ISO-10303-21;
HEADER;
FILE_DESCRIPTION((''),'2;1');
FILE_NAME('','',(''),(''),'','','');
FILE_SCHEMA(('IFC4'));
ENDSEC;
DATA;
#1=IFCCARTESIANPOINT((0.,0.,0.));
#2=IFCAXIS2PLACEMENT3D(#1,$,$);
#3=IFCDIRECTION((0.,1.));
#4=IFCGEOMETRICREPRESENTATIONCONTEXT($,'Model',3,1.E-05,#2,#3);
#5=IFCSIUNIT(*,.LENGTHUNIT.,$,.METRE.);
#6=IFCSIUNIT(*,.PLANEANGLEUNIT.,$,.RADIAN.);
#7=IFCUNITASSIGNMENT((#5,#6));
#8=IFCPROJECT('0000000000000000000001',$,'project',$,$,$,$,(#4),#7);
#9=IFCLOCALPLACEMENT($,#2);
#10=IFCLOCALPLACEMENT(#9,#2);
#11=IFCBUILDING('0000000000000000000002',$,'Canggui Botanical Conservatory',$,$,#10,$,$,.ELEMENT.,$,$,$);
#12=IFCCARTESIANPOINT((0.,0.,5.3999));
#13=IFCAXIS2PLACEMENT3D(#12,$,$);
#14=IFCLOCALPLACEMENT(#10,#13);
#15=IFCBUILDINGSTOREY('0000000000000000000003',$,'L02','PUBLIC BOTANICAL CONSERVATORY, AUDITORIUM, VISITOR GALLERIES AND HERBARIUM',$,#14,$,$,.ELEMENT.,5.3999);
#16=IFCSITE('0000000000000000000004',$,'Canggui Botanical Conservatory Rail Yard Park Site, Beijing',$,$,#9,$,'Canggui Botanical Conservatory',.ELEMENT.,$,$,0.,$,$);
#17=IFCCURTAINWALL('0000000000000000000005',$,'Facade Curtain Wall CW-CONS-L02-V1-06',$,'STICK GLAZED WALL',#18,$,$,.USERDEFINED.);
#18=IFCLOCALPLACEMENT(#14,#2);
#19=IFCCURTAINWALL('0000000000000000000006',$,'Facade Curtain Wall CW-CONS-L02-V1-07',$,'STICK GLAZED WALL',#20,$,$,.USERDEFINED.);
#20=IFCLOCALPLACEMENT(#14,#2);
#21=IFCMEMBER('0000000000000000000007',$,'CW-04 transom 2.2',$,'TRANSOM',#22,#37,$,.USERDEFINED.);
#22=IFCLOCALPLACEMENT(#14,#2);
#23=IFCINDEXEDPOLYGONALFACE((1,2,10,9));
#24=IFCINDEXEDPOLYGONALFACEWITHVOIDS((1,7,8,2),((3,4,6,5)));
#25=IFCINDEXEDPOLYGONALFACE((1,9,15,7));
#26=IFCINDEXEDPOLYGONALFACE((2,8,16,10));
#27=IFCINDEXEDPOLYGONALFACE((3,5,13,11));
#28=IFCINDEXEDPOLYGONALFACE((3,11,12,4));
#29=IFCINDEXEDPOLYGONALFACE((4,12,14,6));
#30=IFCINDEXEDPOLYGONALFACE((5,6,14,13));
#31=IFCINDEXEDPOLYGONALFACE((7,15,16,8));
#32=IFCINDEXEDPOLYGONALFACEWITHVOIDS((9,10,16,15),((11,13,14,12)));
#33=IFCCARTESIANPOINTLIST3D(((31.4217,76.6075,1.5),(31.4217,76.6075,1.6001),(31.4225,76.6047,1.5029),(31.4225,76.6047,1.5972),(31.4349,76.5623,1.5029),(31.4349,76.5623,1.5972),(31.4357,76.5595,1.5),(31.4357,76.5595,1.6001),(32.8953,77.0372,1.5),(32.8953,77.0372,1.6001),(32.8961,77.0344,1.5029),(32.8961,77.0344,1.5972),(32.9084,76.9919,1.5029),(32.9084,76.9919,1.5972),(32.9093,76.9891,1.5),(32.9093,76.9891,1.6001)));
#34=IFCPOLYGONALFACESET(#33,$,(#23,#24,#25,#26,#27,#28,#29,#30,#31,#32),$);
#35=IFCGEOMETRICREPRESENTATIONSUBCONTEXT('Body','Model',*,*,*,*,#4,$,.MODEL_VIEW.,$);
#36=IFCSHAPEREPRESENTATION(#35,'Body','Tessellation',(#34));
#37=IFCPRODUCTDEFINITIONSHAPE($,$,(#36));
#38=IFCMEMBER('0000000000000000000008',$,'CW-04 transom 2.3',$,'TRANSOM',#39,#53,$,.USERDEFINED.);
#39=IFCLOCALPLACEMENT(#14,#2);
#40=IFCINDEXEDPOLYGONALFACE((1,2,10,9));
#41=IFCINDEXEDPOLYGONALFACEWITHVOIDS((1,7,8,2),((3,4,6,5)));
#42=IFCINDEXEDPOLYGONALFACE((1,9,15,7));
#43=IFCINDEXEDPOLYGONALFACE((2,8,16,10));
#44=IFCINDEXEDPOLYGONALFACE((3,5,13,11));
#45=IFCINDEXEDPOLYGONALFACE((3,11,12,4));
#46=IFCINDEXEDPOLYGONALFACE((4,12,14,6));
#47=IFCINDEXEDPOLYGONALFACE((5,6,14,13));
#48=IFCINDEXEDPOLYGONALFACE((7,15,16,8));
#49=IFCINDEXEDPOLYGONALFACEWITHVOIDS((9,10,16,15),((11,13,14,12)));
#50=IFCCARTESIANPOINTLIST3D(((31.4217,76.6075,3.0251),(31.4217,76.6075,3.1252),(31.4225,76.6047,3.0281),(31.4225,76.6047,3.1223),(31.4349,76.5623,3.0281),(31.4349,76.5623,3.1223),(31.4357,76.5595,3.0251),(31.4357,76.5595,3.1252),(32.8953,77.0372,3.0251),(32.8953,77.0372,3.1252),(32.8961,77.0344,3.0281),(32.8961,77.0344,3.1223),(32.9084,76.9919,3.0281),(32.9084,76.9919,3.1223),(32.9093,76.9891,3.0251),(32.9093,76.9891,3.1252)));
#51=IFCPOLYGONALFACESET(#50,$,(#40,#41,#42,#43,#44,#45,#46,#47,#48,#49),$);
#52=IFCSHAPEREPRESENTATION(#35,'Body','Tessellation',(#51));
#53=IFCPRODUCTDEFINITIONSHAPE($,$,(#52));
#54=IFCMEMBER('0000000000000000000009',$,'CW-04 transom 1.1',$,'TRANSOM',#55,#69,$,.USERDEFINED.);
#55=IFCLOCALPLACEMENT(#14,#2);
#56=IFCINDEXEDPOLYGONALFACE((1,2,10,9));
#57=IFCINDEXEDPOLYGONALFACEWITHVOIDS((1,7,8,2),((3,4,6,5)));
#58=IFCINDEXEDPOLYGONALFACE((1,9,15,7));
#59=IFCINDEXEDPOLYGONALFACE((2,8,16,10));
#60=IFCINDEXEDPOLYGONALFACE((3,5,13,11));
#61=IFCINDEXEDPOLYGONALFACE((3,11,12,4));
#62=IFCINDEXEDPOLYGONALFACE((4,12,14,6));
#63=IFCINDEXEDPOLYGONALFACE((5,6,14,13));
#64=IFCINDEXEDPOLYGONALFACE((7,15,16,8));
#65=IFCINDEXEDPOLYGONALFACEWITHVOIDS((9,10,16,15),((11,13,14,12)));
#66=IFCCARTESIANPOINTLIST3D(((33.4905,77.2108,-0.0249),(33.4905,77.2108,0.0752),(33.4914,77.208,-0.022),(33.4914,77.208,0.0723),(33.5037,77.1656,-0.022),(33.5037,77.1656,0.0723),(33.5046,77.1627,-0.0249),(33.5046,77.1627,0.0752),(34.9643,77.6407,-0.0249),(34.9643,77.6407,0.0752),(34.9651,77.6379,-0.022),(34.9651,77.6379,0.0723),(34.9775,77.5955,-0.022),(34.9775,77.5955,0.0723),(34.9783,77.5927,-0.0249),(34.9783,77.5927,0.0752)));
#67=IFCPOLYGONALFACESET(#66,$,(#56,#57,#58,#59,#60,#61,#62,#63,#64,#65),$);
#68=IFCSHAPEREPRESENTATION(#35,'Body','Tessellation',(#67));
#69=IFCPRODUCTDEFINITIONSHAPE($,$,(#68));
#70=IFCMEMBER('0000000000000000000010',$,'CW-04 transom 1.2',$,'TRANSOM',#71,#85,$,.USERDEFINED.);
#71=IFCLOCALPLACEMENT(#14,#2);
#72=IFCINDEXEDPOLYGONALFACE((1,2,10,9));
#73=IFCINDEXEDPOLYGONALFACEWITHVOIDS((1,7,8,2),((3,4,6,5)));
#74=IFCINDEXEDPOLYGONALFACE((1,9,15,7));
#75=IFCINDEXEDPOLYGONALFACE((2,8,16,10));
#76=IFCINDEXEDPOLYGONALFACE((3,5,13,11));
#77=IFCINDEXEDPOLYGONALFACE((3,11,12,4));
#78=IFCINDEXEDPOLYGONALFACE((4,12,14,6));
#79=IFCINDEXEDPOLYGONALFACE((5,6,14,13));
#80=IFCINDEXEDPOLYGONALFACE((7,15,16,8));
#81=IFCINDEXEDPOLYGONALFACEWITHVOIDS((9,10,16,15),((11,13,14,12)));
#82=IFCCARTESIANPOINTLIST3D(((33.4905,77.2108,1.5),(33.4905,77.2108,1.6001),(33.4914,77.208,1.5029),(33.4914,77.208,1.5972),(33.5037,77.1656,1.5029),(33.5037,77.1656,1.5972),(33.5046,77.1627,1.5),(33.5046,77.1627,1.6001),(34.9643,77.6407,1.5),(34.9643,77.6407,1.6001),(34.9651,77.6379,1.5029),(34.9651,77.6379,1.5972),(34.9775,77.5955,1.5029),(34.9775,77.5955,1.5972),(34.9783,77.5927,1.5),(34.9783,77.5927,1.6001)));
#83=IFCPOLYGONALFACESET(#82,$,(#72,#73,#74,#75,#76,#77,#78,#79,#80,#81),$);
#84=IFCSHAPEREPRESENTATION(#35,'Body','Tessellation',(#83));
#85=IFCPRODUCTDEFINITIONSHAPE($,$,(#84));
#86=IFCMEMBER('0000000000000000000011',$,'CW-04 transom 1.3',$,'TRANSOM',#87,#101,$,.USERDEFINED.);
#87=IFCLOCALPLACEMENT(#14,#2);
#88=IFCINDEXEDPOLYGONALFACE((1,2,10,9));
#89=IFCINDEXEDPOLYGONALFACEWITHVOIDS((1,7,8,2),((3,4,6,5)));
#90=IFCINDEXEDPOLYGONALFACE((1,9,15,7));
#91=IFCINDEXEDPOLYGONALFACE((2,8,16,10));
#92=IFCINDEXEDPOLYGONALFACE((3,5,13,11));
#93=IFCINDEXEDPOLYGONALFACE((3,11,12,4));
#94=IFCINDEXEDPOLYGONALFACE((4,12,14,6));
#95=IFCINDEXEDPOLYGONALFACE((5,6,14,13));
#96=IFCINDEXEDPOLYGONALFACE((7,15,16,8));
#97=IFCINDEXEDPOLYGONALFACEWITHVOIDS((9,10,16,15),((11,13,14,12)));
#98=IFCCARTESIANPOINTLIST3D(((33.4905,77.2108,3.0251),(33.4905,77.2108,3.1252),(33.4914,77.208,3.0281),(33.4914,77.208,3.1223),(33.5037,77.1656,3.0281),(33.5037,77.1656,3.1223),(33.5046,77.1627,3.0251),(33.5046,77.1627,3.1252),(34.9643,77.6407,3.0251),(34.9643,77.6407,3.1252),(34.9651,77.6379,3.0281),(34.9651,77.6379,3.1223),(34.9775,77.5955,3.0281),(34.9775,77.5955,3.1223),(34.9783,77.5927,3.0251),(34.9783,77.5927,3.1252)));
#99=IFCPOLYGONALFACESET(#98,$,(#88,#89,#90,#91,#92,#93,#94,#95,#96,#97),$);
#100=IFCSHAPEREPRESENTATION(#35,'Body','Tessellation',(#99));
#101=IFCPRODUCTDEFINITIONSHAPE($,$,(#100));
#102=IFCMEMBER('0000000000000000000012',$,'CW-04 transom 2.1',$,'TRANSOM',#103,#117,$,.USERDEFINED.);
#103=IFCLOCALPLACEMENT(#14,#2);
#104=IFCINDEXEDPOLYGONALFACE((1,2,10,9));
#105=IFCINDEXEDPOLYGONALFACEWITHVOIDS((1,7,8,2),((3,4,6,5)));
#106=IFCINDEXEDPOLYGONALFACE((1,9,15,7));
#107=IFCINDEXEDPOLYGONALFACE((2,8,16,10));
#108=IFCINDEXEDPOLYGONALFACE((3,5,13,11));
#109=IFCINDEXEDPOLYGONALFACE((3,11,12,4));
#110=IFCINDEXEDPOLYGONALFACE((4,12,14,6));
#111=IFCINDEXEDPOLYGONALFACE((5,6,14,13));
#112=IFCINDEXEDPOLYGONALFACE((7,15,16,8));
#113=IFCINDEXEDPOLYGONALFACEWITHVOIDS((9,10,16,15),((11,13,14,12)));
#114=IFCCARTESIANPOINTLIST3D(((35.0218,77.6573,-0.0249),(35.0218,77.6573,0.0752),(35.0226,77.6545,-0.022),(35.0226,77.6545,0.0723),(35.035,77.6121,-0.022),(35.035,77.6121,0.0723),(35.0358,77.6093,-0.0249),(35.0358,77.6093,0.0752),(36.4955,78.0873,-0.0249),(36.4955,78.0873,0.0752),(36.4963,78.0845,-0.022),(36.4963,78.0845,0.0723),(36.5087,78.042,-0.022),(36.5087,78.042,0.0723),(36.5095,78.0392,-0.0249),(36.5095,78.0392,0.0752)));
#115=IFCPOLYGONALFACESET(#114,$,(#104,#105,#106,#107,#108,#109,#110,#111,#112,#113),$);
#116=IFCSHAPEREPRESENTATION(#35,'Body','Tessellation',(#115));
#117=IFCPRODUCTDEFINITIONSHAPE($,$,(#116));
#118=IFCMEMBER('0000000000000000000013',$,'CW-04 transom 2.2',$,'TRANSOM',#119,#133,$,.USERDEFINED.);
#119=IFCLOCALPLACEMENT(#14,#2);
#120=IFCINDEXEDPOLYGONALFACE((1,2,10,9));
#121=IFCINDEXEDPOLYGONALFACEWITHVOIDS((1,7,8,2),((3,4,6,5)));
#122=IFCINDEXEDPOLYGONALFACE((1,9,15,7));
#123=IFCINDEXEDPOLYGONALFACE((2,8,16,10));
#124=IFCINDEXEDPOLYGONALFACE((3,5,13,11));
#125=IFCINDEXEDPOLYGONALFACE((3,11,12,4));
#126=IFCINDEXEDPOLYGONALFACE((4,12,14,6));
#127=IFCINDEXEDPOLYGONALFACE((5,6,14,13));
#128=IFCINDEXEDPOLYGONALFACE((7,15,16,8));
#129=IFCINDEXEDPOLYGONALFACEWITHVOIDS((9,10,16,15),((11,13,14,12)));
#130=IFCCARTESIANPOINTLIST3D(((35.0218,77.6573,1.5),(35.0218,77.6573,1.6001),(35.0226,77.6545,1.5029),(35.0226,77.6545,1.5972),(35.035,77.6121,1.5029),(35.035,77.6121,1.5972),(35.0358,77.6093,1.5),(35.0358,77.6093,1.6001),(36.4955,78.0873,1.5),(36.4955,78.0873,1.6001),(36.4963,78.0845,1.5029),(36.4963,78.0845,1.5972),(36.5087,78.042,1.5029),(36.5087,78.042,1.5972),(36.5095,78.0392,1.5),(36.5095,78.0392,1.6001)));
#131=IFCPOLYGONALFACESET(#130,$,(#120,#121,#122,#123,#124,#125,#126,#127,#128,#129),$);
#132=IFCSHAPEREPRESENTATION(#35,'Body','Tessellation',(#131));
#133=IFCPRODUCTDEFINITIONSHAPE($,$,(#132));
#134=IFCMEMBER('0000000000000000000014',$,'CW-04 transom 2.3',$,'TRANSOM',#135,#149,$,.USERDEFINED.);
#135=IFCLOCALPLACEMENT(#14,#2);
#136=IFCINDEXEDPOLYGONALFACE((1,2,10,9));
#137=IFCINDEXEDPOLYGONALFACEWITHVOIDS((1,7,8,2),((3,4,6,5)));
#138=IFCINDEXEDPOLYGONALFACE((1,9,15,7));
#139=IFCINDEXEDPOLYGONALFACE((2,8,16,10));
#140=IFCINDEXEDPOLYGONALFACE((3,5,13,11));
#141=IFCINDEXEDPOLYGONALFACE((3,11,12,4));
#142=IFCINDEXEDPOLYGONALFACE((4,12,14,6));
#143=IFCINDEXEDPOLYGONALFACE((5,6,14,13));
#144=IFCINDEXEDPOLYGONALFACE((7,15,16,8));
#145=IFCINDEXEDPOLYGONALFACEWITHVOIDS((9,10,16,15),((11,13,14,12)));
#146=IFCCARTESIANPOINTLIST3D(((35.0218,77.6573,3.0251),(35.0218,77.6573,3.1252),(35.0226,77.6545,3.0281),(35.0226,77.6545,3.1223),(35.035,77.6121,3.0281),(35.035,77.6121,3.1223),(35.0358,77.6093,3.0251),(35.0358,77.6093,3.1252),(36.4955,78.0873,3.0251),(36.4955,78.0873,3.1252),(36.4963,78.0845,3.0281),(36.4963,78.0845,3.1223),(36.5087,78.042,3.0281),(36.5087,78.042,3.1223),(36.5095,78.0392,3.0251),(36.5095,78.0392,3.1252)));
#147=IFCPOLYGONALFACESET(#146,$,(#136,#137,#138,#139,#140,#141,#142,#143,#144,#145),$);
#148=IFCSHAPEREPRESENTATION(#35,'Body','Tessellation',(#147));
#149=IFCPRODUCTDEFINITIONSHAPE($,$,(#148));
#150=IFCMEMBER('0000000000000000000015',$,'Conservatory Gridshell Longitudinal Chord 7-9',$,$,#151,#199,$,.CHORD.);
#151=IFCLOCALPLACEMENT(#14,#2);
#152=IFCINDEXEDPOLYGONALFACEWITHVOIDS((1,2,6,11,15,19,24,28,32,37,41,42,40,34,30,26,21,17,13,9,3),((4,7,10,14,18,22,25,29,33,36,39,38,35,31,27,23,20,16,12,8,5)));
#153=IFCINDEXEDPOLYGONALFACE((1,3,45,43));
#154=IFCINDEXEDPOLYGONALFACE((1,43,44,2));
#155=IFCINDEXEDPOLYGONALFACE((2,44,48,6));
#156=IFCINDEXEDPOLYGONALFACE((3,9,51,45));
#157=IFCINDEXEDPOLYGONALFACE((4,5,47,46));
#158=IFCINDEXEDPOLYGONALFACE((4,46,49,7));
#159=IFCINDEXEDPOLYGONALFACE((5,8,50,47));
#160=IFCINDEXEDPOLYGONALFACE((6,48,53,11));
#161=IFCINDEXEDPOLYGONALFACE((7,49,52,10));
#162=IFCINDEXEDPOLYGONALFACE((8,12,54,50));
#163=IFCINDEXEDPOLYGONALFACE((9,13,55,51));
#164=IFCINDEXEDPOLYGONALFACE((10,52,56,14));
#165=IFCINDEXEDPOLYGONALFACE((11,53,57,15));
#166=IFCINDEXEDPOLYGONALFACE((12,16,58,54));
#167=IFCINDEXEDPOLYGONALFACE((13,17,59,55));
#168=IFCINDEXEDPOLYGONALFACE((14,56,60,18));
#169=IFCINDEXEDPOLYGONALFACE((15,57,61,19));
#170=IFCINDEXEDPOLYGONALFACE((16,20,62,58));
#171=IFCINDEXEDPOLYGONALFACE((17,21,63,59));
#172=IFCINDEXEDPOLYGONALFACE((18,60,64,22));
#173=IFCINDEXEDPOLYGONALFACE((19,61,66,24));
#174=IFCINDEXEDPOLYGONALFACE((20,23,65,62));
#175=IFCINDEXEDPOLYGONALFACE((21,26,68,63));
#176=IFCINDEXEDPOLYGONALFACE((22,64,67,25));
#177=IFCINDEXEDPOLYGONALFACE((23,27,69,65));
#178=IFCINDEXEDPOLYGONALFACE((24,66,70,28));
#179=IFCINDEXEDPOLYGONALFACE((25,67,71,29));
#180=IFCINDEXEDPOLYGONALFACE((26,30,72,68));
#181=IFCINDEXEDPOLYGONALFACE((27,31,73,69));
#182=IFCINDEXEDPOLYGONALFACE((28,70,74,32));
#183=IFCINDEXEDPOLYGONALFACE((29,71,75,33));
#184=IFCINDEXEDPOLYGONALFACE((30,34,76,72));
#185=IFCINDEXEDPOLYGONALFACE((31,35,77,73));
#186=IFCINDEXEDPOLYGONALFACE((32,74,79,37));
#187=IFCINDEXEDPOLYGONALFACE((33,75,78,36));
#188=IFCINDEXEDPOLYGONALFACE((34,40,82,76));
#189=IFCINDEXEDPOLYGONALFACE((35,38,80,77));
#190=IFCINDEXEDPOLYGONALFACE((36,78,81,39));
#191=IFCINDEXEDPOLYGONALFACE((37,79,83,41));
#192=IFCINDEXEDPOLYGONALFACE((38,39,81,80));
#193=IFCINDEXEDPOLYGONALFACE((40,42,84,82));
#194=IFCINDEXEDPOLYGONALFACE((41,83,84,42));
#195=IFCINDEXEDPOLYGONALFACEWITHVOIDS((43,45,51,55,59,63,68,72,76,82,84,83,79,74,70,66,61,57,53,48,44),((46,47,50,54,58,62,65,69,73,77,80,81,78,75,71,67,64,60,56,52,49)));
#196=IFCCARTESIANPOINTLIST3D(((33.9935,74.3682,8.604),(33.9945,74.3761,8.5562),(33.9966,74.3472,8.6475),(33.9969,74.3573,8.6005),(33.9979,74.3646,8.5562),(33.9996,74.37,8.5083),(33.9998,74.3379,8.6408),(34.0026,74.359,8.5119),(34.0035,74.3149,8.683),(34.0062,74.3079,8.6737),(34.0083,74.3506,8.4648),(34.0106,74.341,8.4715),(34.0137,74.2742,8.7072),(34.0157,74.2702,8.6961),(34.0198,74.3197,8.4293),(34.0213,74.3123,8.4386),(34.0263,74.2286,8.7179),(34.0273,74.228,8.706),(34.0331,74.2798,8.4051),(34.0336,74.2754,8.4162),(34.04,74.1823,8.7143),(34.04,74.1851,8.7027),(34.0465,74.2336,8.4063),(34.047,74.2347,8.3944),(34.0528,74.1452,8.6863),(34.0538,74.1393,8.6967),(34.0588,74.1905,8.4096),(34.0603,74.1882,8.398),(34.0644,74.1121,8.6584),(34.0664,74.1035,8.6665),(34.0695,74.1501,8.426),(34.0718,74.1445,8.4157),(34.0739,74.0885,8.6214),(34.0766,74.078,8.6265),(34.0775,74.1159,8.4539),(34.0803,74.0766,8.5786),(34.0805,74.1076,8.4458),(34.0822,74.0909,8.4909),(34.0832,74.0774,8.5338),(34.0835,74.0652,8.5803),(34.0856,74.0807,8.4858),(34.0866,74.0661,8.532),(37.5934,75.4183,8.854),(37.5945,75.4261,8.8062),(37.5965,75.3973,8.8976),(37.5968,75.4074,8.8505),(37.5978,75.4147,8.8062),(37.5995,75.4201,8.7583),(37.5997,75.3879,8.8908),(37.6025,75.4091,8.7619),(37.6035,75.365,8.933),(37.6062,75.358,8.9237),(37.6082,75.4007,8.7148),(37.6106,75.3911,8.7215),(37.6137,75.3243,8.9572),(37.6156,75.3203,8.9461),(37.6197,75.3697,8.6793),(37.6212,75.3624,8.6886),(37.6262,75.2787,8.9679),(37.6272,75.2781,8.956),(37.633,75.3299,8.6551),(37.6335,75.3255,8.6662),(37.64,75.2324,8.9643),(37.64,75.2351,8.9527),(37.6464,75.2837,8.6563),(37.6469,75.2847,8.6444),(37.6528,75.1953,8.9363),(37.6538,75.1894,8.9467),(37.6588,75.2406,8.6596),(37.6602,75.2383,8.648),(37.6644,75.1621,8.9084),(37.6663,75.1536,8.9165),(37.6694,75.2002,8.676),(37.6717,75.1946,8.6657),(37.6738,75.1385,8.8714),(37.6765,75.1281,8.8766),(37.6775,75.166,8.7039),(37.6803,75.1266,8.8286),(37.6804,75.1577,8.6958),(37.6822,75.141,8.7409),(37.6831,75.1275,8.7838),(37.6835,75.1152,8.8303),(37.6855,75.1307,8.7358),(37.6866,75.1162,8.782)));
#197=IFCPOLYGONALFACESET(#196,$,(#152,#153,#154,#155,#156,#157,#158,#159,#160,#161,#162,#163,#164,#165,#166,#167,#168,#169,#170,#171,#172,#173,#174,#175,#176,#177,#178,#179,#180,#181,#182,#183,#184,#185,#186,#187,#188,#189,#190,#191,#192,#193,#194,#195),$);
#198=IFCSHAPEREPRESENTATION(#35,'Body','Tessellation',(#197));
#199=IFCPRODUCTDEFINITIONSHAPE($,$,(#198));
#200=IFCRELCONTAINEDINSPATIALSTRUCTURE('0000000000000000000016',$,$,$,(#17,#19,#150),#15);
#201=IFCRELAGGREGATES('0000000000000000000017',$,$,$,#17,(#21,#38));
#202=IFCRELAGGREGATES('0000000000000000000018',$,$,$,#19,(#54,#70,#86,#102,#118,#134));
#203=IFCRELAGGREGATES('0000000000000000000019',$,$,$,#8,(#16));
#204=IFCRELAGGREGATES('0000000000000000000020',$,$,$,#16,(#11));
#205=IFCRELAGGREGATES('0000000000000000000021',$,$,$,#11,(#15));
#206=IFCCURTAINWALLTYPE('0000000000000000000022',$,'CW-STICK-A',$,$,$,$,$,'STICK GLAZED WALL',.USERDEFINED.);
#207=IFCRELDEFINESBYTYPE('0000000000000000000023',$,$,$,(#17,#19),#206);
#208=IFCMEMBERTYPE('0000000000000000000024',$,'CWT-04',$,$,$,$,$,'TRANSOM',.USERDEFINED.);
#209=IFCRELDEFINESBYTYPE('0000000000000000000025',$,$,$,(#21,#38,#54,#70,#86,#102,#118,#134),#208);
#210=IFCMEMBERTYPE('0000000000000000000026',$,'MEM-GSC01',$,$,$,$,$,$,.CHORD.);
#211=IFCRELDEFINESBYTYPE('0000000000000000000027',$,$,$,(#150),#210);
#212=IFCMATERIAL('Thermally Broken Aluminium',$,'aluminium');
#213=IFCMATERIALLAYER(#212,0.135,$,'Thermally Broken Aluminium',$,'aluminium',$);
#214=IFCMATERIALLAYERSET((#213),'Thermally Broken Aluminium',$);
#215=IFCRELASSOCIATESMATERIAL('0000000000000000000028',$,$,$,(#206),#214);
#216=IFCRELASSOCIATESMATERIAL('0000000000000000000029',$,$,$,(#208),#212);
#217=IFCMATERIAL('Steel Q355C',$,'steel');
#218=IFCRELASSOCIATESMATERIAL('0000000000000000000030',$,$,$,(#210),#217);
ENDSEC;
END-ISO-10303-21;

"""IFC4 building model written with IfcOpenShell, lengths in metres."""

from ifc_helpers import new_model, si_unit, direction, frame, origin, origin_2d, place, context, subcontext, project, spatial, hollow_rectangle, hollow_circle, extrude, material, layer, layer_set, material_profile, profile_set, type_object, element, aggregate, save


model = new_model("IFC4")

# Units and contexts
model_context = context("Model", 3, precision=1e-05, world=origin(), true_north=direction((0.0, 1.0)))
body_context = subcontext(model_context, "Body", "Model", "MODEL_VIEW")
ifc_project = project(units=[si_unit("LENGTHUNIT", "METRE"), si_unit("PLANEANGLEUNIT", "RADIAN")], contexts=[model_context])

# Site, building, storey
site_placement = place(None, origin())
site = spatial("IfcSite", under=ifc_project, at=site_placement, Name="Canggui Botanical Conservatory Rail Yard Park Site, Beijing", LongName="Canggui Botanical Conservatory", CompositionType="ELEMENT", RefElevation=0.0)
building_placement = place(site_placement, origin())
building = spatial("IfcBuilding", under=site, at=building_placement, Name="Canggui Botanical Conservatory", CompositionType="ELEMENT")
storey_placement = place(building_placement, frame((0.0, 0.0, 5.3999)))
storey = spatial("IfcBuildingStorey", under=building, at=storey_placement, Name="L02", Description="PUBLIC BOTANICAL CONSERVATORY, AUDITORIUM, VISITOR GALLERIES AND HERBARIUM", CompositionType="ELEMENT", Elevation=5.3999)

# Shared definitions
ifc_material_1 = material(Name="Steel Q355C", Category="steel")

# Curtain walls
ifc_material_2 = material(Name="Thermally Broken Aluminium", Category="aluminium")
ifc_layer_1 = layer(ifc_material_2, 0.135, Name="Thermally Broken Aluminium", Category="aluminium")
ifc_layer_set_1 = layer_set([ifc_layer_1], Name="Thermally Broken Aluminium")
curtain_wall_type = type_object("IfcCurtainWallType", Name="CW-STICK-A", ElementType="STICK GLAZED WALL", PredefinedType="USERDEFINED", material=ifc_layer_set_1)
curtain_wall_1_placement = place(storey_placement, origin())
curtain_wall_1 = element("IfcCurtainWall", 1, at=curtain_wall_1_placement, inside=storey, type_object=curtain_wall_type, Name="Facade Curtain Wall CW-CONS-L02-V1-06", ObjectType="STICK GLAZED WALL", PredefinedType="USERDEFINED")
curtain_wall_2_placement = place(storey_placement, origin())
curtain_wall_2 = element("IfcCurtainWall", 2, at=curtain_wall_2_placement, inside=storey, type_object=curtain_wall_type, Name="Facade Curtain Wall CW-CONS-L02-V1-07", ObjectType="STICK GLAZED WALL", PredefinedType="USERDEFINED")

# Members
ifc_material_profile_1 = material_profile(ifc_material_2, hollow_rectangle(XDim=0.05, YDim=0.1001, WallThickness=0.0029, at=origin_2d()), Name="CWT 50x100x3")
ifc_profile_set_1 = profile_set([ifc_material_profile_1], Name="Thermally Broken Aluminium")
member_type_1 = type_object("IfcMemberType", Name="CWT-04", ElementType="TRANSOM", PredefinedType="USERDEFINED", material=ifc_profile_set_1)
member_1_placement = place(storey_placement, frame((31.4287, 76.5835, 1.55), z_axis=(0.960021, 0.279927, 0.0), x_axis=(-0.279927, 0.960021, 0.0)))
member_1 = element("IfcMember", 3, at=member_1_placement, type_object=member_type_1, Name="CW-04 transom 2.2", ObjectType="TRANSOM", PredefinedType="USERDEFINED", context=body_context, shape_type="SweptSolid", body=[
    extrude(hollow_rectangle(XDim=0.05, YDim=0.1001, WallThickness=0.0029, at=origin_2d()), origin(), (0.0, 0.0, 1.0), 1.5349),
])
member_2_placement = place(storey_placement, frame((31.4287, 76.5835, 3.0752), z_axis=(0.960021, 0.279927, 0.0), x_axis=(-0.279927, 0.960021, 0.0)))
member_2 = element("IfcMember", 4, at=member_2_placement, type_object=member_type_1, Name="CW-04 transom 2.3", ObjectType="TRANSOM", PredefinedType="USERDEFINED", context=body_context, shape_type="SweptSolid", body=[
    extrude(hollow_rectangle(XDim=0.05, YDim=0.1001, WallThickness=0.0029, at=origin_2d()), origin(), (0.0, 0.0, 1.0), 1.5349),
])
member_3_placement = place(storey_placement, frame((33.4976, 77.1868, 0.0251), z_axis=(0.959979, 0.280073, 0.0), x_axis=(-0.280073, 0.959979, 0.0)))
member_3 = element("IfcMember", 5, at=member_3_placement, type_object=member_type_1, Name="CW-04 transom 1.1", ObjectType="TRANSOM", PredefinedType="USERDEFINED", context=body_context, shape_type="SweptSolid", body=[
    extrude(hollow_rectangle(XDim=0.05, YDim=0.1001, WallThickness=0.0029, at=origin_2d()), origin(), (0.0, 0.0, 1.0), 1.5352),
])
member_4_placement = place(storey_placement, frame((33.4976, 77.1868, 1.55), z_axis=(0.959979, 0.280073, 0.0), x_axis=(-0.280073, 0.959979, 0.0)))
member_4 = element("IfcMember", 6, at=member_4_placement, type_object=member_type_1, Name="CW-04 transom 1.2", ObjectType="TRANSOM", PredefinedType="USERDEFINED", context=body_context, shape_type="SweptSolid", body=[
    extrude(hollow_rectangle(XDim=0.05, YDim=0.1001, WallThickness=0.0029, at=origin_2d()), origin(), (0.0, 0.0, 1.0), 1.5352),
])
member_5_placement = place(storey_placement, frame((33.4976, 77.1868, 3.0752), z_axis=(0.959979, 0.280073, 0.0), x_axis=(-0.280073, 0.959979, 0.0)))
member_5 = element("IfcMember", 7, at=member_5_placement, type_object=member_type_1, Name="CW-04 transom 1.3", ObjectType="TRANSOM", PredefinedType="USERDEFINED", context=body_context, shape_type="SweptSolid", body=[
    extrude(hollow_rectangle(XDim=0.05, YDim=0.1001, WallThickness=0.0029, at=origin_2d()), origin(), (0.0, 0.0, 1.0), 1.5352),
])
member_6_placement = place(storey_placement, frame((35.0288, 77.6333, 0.0251), z_axis=(0.959979, 0.280073, 0.0), x_axis=(-0.280073, 0.959979, 0.0)))
member_6 = element("IfcMember", 8, at=member_6_placement, type_object=member_type_1, Name="CW-04 transom 2.1", ObjectType="TRANSOM", PredefinedType="USERDEFINED", context=body_context, shape_type="SweptSolid", body=[
    extrude(hollow_rectangle(XDim=0.05, YDim=0.1001, WallThickness=0.0029, at=origin_2d()), origin(), (0.0, 0.0, 1.0), 1.5352),
])
member_7_placement = place(storey_placement, frame((35.0288, 77.6333, 1.55), z_axis=(0.959979, 0.280073, 0.0), x_axis=(-0.280073, 0.959979, 0.0)))
member_7 = element("IfcMember", 9, at=member_7_placement, type_object=member_type_1, Name="CW-04 transom 2.2", ObjectType="TRANSOM", PredefinedType="USERDEFINED", context=body_context, shape_type="SweptSolid", body=[
    extrude(hollow_rectangle(XDim=0.05, YDim=0.1001, WallThickness=0.0029, at=origin_2d()), origin(), (0.0, 0.0, 1.0), 1.5352),
])
member_8_placement = place(storey_placement, frame((35.0288, 77.6333, 3.0752), z_axis=(0.959979, 0.280073, 0.0), x_axis=(-0.280073, 0.959979, 0.0)))
member_8 = element("IfcMember", 10, at=member_8_placement, type_object=member_type_1, Name="CW-04 transom 2.3", ObjectType="TRANSOM", PredefinedType="USERDEFINED", context=body_context, shape_type="SweptSolid", body=[
    extrude(hollow_rectangle(XDim=0.05, YDim=0.1001, WallThickness=0.0029, at=origin_2d()), origin(), (0.0, 0.0, 1.0), 1.5352),
])

# Member
ifc_material_profile_2 = material_profile(ifc_material_1, hollow_circle(Radius=0.1626, WallThickness=0.012, at=origin_2d()), Name="CHS 325x12")
ifc_profile_set_2 = profile_set([ifc_material_profile_2], Name="Steel Q355C")
member_type_2 = type_object("IfcMemberType", Name="MEM-GSC01", PredefinedType="CHORD", material=ifc_profile_set_2)
member_9_placement = place(storey_placement, frame((34.04, 74.22, 8.5562), z_axis=(0.957867, 0.279402, 0.066521), x_axis=(-0.280023, 0.959993, 0.0)))
element("IfcMember", 11, at=member_9_placement, inside=storey, type_object=member_type_2, Name="Conservatory Gridshell Longitudinal Chord 7-9", PredefinedType="CHORD", context=body_context, shape_type="SweptSolid", body=[
    extrude(hollow_circle(Radius=0.1626, WallThickness=0.012, at=origin_2d()), origin(), (0.0, 0.0, 1.0), 3.7583),
])

aggregate(curtain_wall_1, [member_1, member_2])
aggregate(curtain_wall_2, [member_3, member_4, member_5, member_6, member_7, member_8])

save(model, "model.ifc")
